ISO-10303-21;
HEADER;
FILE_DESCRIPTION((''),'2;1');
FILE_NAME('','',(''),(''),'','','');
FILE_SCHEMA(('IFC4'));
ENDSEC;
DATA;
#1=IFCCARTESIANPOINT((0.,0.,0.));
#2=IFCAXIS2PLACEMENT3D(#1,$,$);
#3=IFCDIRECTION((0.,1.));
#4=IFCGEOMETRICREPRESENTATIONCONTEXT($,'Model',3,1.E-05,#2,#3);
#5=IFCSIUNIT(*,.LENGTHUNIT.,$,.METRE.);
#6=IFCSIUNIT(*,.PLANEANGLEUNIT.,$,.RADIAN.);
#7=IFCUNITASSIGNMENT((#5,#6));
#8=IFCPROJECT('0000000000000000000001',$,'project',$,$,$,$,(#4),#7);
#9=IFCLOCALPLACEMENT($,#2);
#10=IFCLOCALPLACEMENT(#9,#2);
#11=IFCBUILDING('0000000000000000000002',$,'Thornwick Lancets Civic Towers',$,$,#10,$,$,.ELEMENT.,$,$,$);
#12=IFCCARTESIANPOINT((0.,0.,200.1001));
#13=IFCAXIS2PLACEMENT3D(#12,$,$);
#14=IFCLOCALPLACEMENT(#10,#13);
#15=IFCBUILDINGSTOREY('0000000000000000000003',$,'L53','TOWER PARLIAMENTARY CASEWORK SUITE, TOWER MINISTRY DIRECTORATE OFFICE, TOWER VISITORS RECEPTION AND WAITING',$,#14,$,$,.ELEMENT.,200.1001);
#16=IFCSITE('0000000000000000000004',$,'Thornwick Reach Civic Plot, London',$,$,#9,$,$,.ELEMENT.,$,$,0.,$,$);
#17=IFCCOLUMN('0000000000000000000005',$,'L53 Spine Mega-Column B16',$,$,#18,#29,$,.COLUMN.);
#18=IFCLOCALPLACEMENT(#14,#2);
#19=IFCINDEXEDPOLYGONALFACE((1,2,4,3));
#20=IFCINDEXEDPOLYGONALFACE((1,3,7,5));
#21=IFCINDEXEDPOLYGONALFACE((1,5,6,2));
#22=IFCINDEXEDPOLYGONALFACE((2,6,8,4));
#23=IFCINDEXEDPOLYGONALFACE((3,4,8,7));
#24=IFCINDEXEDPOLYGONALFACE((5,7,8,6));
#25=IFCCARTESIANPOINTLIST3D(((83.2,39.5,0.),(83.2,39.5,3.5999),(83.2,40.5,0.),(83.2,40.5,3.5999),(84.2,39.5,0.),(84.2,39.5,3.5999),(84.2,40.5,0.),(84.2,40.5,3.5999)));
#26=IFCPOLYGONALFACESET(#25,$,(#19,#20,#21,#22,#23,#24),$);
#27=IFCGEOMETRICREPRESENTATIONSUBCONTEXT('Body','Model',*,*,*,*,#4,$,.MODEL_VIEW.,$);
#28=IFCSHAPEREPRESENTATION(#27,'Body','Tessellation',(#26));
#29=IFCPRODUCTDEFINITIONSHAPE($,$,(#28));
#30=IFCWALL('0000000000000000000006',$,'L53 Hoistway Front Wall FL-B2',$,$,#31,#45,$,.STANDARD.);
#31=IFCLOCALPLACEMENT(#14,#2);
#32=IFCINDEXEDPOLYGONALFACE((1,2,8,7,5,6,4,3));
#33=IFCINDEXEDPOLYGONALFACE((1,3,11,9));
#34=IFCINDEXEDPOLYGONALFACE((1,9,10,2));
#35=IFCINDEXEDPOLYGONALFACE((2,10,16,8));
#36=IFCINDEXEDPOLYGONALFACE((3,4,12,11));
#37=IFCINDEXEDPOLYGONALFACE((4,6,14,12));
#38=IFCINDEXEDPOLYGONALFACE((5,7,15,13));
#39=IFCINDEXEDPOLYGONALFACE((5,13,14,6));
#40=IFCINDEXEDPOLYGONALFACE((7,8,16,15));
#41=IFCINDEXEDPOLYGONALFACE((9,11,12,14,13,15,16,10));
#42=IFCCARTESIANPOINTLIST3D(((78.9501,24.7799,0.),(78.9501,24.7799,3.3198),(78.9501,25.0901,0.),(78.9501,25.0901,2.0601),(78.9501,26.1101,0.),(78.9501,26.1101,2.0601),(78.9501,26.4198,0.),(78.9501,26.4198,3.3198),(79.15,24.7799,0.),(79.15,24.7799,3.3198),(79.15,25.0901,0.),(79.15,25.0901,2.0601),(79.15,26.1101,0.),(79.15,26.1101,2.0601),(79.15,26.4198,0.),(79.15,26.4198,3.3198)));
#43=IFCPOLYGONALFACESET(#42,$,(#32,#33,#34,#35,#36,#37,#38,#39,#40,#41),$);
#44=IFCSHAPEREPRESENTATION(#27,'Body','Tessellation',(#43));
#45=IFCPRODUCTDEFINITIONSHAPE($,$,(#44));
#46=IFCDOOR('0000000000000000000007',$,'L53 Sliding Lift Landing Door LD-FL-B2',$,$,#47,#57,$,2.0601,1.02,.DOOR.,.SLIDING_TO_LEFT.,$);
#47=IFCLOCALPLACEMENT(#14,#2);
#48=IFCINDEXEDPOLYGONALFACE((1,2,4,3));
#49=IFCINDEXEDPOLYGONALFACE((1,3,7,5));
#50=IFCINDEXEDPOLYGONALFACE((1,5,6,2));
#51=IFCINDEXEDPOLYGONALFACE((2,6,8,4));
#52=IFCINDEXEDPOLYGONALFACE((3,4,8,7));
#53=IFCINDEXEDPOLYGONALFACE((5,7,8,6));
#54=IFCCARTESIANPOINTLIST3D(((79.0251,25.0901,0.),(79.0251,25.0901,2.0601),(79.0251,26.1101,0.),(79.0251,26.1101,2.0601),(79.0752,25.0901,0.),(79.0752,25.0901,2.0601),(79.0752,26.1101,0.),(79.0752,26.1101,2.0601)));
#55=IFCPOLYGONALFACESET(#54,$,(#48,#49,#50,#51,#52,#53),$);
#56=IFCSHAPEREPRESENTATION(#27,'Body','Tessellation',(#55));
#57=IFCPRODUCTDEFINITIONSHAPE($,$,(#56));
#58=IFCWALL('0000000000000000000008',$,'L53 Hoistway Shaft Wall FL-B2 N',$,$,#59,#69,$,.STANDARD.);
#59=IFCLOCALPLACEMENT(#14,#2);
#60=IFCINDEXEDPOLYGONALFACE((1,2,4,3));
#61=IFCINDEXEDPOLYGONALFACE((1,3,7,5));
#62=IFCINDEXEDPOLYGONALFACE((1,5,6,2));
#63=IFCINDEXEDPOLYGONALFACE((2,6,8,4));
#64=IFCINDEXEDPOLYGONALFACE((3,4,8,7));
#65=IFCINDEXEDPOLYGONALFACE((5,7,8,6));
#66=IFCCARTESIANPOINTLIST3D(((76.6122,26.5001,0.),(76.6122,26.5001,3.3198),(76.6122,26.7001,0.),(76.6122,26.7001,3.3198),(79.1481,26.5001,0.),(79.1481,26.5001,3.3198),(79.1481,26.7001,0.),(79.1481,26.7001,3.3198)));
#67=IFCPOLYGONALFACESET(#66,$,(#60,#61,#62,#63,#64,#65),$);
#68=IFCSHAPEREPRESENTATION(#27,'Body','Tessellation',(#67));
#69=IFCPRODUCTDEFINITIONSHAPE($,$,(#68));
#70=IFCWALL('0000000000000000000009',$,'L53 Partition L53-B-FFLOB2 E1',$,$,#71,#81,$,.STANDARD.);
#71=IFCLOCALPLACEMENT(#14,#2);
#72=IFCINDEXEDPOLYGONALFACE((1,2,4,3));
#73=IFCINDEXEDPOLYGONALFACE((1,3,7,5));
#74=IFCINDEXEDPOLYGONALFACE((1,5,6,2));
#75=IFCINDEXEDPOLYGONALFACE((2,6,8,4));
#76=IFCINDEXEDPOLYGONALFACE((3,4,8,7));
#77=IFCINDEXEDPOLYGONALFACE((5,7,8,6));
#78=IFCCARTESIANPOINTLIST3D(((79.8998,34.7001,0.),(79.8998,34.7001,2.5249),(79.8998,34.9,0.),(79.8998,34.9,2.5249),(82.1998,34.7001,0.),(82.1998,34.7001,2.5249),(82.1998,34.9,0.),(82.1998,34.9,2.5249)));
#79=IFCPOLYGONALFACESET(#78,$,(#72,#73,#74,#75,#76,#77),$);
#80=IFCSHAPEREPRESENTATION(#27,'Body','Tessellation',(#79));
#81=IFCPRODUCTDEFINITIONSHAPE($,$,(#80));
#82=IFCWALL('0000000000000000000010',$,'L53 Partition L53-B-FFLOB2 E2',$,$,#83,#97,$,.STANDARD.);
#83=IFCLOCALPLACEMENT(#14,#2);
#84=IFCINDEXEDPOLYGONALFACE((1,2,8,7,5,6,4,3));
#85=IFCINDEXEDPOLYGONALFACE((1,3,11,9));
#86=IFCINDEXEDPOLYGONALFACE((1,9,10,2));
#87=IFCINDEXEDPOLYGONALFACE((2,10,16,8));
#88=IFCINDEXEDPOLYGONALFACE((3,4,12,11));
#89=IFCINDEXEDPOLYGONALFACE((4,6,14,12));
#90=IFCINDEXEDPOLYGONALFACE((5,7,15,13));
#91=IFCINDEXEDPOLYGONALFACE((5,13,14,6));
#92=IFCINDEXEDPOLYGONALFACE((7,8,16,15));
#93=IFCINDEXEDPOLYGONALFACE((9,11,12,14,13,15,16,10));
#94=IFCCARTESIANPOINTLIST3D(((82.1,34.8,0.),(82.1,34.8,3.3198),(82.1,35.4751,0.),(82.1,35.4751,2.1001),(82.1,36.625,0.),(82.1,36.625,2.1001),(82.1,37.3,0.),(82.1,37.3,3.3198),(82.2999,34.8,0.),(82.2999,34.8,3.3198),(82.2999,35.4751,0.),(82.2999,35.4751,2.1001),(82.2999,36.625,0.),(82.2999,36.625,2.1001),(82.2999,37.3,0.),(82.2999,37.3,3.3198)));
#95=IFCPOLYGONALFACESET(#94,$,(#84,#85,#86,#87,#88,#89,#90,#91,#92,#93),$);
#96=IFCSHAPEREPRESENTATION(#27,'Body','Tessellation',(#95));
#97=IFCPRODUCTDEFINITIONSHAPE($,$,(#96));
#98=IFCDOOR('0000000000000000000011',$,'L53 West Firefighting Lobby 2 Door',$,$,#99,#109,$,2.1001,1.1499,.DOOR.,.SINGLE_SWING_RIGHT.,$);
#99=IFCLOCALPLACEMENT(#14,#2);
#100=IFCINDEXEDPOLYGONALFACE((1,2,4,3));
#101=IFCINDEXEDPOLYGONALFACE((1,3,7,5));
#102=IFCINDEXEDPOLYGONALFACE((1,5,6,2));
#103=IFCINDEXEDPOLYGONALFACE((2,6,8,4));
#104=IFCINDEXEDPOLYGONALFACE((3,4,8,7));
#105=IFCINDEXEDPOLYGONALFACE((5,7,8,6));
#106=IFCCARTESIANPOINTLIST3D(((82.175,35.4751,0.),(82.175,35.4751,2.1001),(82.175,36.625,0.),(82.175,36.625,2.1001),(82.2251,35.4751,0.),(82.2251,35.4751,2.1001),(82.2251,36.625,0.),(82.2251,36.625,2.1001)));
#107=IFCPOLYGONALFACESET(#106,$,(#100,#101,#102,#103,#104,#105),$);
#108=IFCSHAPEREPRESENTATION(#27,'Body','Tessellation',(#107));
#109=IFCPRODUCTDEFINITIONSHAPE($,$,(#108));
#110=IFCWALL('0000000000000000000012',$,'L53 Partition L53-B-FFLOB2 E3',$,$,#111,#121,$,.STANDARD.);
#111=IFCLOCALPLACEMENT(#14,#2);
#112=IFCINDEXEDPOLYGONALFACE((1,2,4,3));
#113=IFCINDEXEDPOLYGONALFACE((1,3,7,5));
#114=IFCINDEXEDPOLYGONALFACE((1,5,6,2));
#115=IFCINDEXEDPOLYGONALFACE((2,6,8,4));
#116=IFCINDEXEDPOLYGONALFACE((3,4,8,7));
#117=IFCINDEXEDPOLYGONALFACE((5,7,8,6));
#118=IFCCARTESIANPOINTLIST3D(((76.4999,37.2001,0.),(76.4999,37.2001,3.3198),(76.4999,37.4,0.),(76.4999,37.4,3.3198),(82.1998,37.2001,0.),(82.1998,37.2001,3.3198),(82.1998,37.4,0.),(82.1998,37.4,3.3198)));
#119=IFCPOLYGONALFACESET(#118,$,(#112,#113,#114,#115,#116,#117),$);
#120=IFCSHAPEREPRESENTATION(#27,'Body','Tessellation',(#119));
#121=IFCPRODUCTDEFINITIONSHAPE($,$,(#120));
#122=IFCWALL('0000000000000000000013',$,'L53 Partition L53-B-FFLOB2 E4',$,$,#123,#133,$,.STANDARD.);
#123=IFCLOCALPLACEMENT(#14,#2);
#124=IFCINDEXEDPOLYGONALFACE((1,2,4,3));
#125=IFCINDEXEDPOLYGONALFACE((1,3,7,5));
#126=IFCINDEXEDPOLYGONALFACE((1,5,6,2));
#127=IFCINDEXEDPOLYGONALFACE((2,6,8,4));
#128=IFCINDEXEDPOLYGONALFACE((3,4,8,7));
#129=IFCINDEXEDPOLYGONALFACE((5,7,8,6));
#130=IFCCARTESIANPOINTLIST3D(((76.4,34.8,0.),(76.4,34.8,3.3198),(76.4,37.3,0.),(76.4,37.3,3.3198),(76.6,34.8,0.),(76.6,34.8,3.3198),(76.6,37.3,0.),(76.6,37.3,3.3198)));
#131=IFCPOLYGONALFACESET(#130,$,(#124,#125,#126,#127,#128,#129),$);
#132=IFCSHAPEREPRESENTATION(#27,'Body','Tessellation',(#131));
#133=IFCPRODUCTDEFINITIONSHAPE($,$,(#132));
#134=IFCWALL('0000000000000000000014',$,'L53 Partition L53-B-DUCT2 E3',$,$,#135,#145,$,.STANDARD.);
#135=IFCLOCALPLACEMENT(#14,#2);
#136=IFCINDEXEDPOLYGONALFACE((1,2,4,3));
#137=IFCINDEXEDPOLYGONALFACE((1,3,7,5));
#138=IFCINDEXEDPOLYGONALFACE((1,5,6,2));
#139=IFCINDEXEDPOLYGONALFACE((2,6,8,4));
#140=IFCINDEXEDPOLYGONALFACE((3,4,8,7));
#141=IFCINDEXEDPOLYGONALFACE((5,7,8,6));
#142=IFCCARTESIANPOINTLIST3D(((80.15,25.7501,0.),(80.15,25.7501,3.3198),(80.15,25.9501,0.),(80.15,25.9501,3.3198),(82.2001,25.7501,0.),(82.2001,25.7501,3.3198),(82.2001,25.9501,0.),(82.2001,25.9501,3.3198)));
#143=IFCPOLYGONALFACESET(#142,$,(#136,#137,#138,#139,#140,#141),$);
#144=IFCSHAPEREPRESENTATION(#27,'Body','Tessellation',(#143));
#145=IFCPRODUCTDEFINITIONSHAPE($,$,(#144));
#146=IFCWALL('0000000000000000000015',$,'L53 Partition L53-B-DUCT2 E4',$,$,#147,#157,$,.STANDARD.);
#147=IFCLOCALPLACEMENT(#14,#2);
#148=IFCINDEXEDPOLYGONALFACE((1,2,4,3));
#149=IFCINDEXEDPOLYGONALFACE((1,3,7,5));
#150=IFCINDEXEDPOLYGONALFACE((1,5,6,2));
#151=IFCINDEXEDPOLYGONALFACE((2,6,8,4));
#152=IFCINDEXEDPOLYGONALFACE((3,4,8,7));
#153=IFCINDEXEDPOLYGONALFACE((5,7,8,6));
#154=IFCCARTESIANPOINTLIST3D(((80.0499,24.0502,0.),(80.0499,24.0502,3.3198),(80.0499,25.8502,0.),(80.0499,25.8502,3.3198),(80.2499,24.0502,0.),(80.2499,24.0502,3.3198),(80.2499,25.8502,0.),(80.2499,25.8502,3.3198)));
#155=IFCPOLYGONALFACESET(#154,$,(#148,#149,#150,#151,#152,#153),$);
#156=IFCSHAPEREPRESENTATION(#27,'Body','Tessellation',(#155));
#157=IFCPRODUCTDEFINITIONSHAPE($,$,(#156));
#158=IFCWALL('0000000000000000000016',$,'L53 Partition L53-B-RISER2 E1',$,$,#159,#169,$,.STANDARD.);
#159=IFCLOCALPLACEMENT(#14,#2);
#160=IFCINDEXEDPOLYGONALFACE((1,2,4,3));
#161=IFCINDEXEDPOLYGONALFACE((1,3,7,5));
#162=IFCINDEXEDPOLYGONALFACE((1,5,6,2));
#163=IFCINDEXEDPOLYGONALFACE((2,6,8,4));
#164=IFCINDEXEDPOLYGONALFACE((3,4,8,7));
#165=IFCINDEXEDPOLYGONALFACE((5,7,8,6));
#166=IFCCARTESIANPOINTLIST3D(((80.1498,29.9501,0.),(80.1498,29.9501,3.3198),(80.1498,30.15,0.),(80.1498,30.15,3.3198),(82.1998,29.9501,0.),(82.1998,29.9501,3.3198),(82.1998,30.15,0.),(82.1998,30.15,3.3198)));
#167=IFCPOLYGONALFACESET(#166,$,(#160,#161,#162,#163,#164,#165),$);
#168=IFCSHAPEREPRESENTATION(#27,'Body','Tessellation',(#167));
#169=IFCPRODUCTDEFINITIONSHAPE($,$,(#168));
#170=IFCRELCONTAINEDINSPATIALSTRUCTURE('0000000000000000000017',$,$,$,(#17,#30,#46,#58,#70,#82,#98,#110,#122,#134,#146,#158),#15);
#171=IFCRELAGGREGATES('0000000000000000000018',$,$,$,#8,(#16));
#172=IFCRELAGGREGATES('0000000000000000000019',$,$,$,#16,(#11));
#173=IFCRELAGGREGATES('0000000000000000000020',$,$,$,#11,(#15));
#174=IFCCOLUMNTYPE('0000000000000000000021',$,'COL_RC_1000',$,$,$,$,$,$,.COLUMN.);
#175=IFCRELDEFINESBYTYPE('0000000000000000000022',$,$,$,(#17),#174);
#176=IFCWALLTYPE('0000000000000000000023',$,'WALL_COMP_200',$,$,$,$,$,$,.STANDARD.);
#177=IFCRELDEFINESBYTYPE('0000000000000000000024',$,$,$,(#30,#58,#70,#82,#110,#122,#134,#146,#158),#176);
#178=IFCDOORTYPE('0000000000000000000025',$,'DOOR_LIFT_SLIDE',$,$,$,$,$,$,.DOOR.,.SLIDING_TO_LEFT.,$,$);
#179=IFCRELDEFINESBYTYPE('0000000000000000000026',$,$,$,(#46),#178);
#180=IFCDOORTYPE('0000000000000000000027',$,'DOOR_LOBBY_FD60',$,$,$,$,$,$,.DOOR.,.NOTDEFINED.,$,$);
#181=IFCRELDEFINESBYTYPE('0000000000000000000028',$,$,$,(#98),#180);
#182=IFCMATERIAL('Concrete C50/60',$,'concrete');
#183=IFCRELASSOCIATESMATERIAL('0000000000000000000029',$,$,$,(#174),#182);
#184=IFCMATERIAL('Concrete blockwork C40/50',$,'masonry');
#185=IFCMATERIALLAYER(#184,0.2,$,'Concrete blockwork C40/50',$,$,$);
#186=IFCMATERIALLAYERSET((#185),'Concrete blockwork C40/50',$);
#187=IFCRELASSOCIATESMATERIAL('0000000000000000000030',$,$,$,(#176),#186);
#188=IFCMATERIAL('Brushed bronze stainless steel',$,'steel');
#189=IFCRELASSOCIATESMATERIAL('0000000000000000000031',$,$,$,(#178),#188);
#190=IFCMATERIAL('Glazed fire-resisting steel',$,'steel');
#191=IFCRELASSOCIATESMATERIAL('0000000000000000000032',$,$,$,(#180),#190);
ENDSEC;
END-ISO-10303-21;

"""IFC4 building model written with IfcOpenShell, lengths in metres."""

from ifc_helpers import new_model, si_unit, direction, frame, frame_2d, origin, origin_2d, place, context, subcontext, project, spatial, rectangle, extrude, material, layer, layer_set, material_profile, profile_set, type_object, element, fill, save


model = new_model("IFC4")

# Units and contexts
model_context = context("Model", 3, precision=1e-05, world=origin(), true_north=direction((0.0, 1.0)))
body_context = subcontext(model_context, "Body", "Model", "MODEL_VIEW")
ifc_project = project(units=[si_unit("LENGTHUNIT", "METRE"), si_unit("PLANEANGLEUNIT", "RADIAN")], contexts=[model_context])

# Site, building, storey
site_placement = place(None, origin())
site = spatial("IfcSite", under=ifc_project, at=site_placement, Name="Thornwick Reach Civic Plot, London", CompositionType="ELEMENT", RefElevation=0.0)
building_placement = place(site_placement, origin())
building = spatial("IfcBuilding", under=site, at=building_placement, Name="Thornwick Lancets Civic Towers", CompositionType="ELEMENT")
storey_placement = place(building_placement, frame((0.0, 0.0, 200.1001)))
storey = spatial("IfcBuildingStorey", under=building, at=storey_placement, Name="L53", Description="TOWER PARLIAMENTARY CASEWORK SUITE, TOWER MINISTRY DIRECTORATE OFFICE, TOWER VISITORS RECEPTION AND WAITING", CompositionType="ELEMENT", Elevation=200.1001)

# Column
ifc_material_1 = material(Name="Concrete C50/60", Category="concrete")
ifc_material_profile = material_profile(ifc_material_1, rectangle(XDim=1.0, YDim=1.0, at=origin_2d()), Name="RC 1000x1000")
ifc_profile_set = profile_set([ifc_material_profile], Name="Concrete C50/60")
column_type = type_object("IfcColumnType", Name="COL_RC_1000", PredefinedType="COLUMN", material=ifc_profile_set)
column_placement = place(storey_placement, frame((83.7, 40.0, 0.0), z_axis=(0.0, 0.0, 1.0), x_axis=(1.0, 0.0, 0.0)))
element("IfcColumn", 1, at=column_placement, inside=storey, type_object=column_type, Name="L53 Spine Mega-Column B16", PredefinedType="COLUMN", context=body_context, shape_type="SweptSolid", body=[
    extrude(rectangle(XDim=1.0, YDim=1.0, at=origin_2d()), origin(), (0.0, 0.0, 1.0), 3.5999),
])

# Wall, opening, door
ifc_material_2 = material(Name="Concrete blockwork C40/50", Category="masonry")
ifc_layer_1 = layer(ifc_material_2, 0.2, Name="Concrete blockwork C40/50")
ifc_layer_set_1 = layer_set([ifc_layer_1], Name="Concrete blockwork C40/50")
wall_type_1 = type_object("IfcWallType", Name="WALL_COMP_200", PredefinedType="STANDARD", material=ifc_layer_set_1)
wall_1_placement = place(storey_placement, frame((79.05, 24.78, 0.0), z_axis=(0.0, 0.0, 1.0), x_axis=(0.0, 1.0, 0.0)))
wall_1 = element("IfcWall", 2, at=wall_1_placement, inside=storey, type_object=wall_type_1, Name="L53 Hoistway Front Wall FL-B2", PredefinedType="STANDARD", context=body_context, shape_type="SweptSolid", body=[
    extrude(rectangle(XDim=1.6399, YDim=0.2, at=frame_2d((0.8198, 0.0))), origin(), (0.0, 0.0, 1.0), 3.3198),
])
opening_1_placement = place(wall_1_placement, frame((0.3101, 0.0, 0.0)))
opening_1 = element("IfcOpeningElement", 3, at=opening_1_placement, cuts=wall_1, PredefinedType="OPENING", context=body_context, shape_type="SweptSolid", body=[
    extrude(rectangle(XDim=1.02, YDim=2.0601, at=frame_2d((0.51, 1.03))), frame((0.0, 0.1099, 0.0), z_axis=(0.0, -1.0, 0.0), x_axis=(1.0, 0.0, 0.0)), (0.0, 0.0, 1.0), 0.22),
])
ifc_material_3 = material(Name="Brushed bronze stainless steel", Category="steel")
door_type_1 = type_object("IfcDoorType", Name="DOOR_LIFT_SLIDE", OperationType="SLIDING_TO_LEFT", PredefinedType="DOOR", material=ifc_material_3)
door_1_placement = place(opening_1_placement, origin())
door_1 = element("IfcDoor", 4, at=door_1_placement, inside=storey, type_object=door_type_1, Name="L53 Sliding Lift Landing Door LD-FL-B2", OperationType="SLIDING_TO_LEFT", OverallHeight=2.0601, OverallWidth=1.02, PredefinedType="DOOR", context=body_context, shape_type="SweptSolid", body=[
    extrude(rectangle(XDim=1.02, YDim=2.0601, at=frame_2d((0.51, 1.03))), frame((0.0, 0.0249, 0.0), z_axis=(0.0, -1.0, 0.0), x_axis=(1.0, 0.0, 0.0)), (0.0, 0.0, 1.0), 0.05),
])
fill(opening_1, door_1)

# Walls
wall_2_placement = place(storey_placement, frame((76.6121, 26.6001, 0.0), z_axis=(0.0, 0.0, 1.0), x_axis=(1.0, 0.0, 0.0)))
element("IfcWall", 5, at=wall_2_placement, inside=storey, type_object=wall_type_1, Name="L53 Hoistway Shaft Wall FL-B2 N", PredefinedType="STANDARD", context=body_context, shape_type="SweptSolid", body=[
    extrude(rectangle(XDim=2.5359, YDim=0.2, at=frame_2d((1.2681, 0.0))), origin(), (0.0, 0.0, 1.0), 3.3198),
])
wall_3_placement = place(storey_placement, frame((79.8999, 34.8, 0.0), z_axis=(0.0, 0.0, 1.0), x_axis=(1.0, 0.0, 0.0)))
element("IfcWall", 6, at=wall_3_placement, inside=storey, type_object=wall_type_1, Name="L53 Partition L53-B-FFLOB2 E1", PredefinedType="STANDARD", context=body_context, shape_type="SweptSolid", body=[
    extrude(rectangle(XDim=2.3, YDim=0.2, at=frame_2d((1.1499, 0.0))), origin(), (0.0, 0.0, 1.0), 2.5249),
])

# Wall, opening, door
wall_4_placement = place(storey_placement, frame((82.2, 34.8, 0.0), z_axis=(0.0, 0.0, 1.0), x_axis=(0.0, 1.0, 0.0)))
wall_4 = element("IfcWall", 7, at=wall_4_placement, inside=storey, type_object=wall_type_1, Name="L53 Partition L53-B-FFLOB2 E2", PredefinedType="STANDARD", context=body_context, shape_type="SweptSolid", body=[
    extrude(rectangle(XDim=2.5, YDim=0.2, at=frame_2d((1.25, 0.0))), origin(), (0.0, 0.0, 1.0), 3.3198),
])
opening_2_placement = place(wall_4_placement, frame((0.675, 0.0, 0.0)))
opening_2 = element("IfcOpeningElement", 8, at=opening_2_placement, cuts=wall_4, PredefinedType="OPENING", context=body_context, shape_type="SweptSolid", body=[
    extrude(rectangle(XDim=1.1499, YDim=2.1001, at=frame_2d((0.575, 1.05))), frame((0.0, 0.1099, 0.0), z_axis=(0.0, -1.0, 0.0), x_axis=(1.0, 0.0, 0.0)), (0.0, 0.0, 1.0), 0.22),
])
ifc_material_4 = material(Name="Glazed fire-resisting steel", Category="steel")
door_type_2 = type_object("IfcDoorType", Name="DOOR_LOBBY_FD60", OperationType="NOTDEFINED", PredefinedType="DOOR", material=ifc_material_4)
door_2_placement = place(opening_2_placement, origin())
door_2 = element("IfcDoor", 9, at=door_2_placement, inside=storey, type_object=door_type_2, Name="L53 West Firefighting Lobby 2 Door", OperationType="SINGLE_SWING_RIGHT", OverallHeight=2.1001, OverallWidth=1.1499, PredefinedType="DOOR", context=body_context, shape_type="SweptSolid", body=[
    extrude(rectangle(XDim=1.1499, YDim=2.1001, at=frame_2d((0.575, 1.05))), frame((0.0, 0.0249, 0.0), z_axis=(0.0, -1.0, 0.0), x_axis=(1.0, 0.0, 0.0)), (0.0, 0.0, 1.0), 0.05),
])
fill(opening_2, door_2)

# Walls
wall_5_placement = place(storey_placement, frame((82.2, 37.3, 0.0), z_axis=(0.0, 0.0, 1.0), x_axis=(-1.0, 0.0, 0.0)))
element("IfcWall", 10, at=wall_5_placement, inside=storey, type_object=wall_type_1, Name="L53 Partition L53-B-FFLOB2 E3", PredefinedType="STANDARD", context=body_context, shape_type="SweptSolid", body=[
    extrude(rectangle(XDim=5.7, YDim=0.2, at=frame_2d((2.8501, 0.0))), origin(), (0.0, 0.0, 1.0), 3.3198),
])
wall_6_placement = place(storey_placement, frame((76.5, 37.3, 0.0), z_axis=(0.0, 0.0, 1.0), x_axis=(0.0, -1.0, 0.0)))
element("IfcWall", 11, at=wall_6_placement, inside=storey, type_object=wall_type_1, Name="L53 Partition L53-B-FFLOB2 E4", PredefinedType="STANDARD", context=body_context, shape_type="SweptSolid", body=[
    extrude(rectangle(XDim=2.5, YDim=0.2, at=frame_2d((1.25, 0.0))), origin(), (0.0, 0.0, 1.0), 3.3198),
])
wall_7_placement = place(storey_placement, frame((82.2, 25.8501, 0.0), z_axis=(0.0, 0.0, 1.0), x_axis=(-1.0, 0.0, 0.0)))
element("IfcWall", 12, at=wall_7_placement, inside=storey, type_object=wall_type_1, Name="L53 Partition L53-B-DUCT2 E3", PredefinedType="STANDARD", context=body_context, shape_type="SweptSolid", body=[
    extrude(rectangle(XDim=2.05, YDim=0.2, at=frame_2d((1.0249, 0.0))), origin(), (0.0, 0.0, 1.0), 3.3198),
])
wall_8_placement = place(storey_placement, frame((80.1499, 25.8501, 0.0), z_axis=(0.0, 0.0, 1.0), x_axis=(0.0, -1.0, 0.0)))
element("IfcWall", 13, at=wall_8_placement, inside=storey, type_object=wall_type_1, Name="L53 Partition L53-B-DUCT2 E4", PredefinedType="STANDARD", context=body_context, shape_type="SweptSolid", body=[
    extrude(rectangle(XDim=1.8, YDim=0.2, at=frame_2d((0.8999, 0.0))), origin(), (0.0, 0.0, 1.0), 3.3198),
])
wall_9_placement = place(storey_placement, frame((80.1499, 30.05, 0.0), z_axis=(0.0, 0.0, 1.0), x_axis=(1.0, 0.0, 0.0)))
element("IfcWall", 14, at=wall_9_placement, inside=storey, type_object=wall_type_1, Name="L53 Partition L53-B-RISER2 E1", PredefinedType="STANDARD", context=body_context, shape_type="SweptSolid", body=[
    extrude(rectangle(XDim=2.05, YDim=0.2, at=frame_2d((1.0249, 0.0))), origin(), (0.0, 0.0, 1.0), 3.3198),
])

save(model, "model.ifc")
